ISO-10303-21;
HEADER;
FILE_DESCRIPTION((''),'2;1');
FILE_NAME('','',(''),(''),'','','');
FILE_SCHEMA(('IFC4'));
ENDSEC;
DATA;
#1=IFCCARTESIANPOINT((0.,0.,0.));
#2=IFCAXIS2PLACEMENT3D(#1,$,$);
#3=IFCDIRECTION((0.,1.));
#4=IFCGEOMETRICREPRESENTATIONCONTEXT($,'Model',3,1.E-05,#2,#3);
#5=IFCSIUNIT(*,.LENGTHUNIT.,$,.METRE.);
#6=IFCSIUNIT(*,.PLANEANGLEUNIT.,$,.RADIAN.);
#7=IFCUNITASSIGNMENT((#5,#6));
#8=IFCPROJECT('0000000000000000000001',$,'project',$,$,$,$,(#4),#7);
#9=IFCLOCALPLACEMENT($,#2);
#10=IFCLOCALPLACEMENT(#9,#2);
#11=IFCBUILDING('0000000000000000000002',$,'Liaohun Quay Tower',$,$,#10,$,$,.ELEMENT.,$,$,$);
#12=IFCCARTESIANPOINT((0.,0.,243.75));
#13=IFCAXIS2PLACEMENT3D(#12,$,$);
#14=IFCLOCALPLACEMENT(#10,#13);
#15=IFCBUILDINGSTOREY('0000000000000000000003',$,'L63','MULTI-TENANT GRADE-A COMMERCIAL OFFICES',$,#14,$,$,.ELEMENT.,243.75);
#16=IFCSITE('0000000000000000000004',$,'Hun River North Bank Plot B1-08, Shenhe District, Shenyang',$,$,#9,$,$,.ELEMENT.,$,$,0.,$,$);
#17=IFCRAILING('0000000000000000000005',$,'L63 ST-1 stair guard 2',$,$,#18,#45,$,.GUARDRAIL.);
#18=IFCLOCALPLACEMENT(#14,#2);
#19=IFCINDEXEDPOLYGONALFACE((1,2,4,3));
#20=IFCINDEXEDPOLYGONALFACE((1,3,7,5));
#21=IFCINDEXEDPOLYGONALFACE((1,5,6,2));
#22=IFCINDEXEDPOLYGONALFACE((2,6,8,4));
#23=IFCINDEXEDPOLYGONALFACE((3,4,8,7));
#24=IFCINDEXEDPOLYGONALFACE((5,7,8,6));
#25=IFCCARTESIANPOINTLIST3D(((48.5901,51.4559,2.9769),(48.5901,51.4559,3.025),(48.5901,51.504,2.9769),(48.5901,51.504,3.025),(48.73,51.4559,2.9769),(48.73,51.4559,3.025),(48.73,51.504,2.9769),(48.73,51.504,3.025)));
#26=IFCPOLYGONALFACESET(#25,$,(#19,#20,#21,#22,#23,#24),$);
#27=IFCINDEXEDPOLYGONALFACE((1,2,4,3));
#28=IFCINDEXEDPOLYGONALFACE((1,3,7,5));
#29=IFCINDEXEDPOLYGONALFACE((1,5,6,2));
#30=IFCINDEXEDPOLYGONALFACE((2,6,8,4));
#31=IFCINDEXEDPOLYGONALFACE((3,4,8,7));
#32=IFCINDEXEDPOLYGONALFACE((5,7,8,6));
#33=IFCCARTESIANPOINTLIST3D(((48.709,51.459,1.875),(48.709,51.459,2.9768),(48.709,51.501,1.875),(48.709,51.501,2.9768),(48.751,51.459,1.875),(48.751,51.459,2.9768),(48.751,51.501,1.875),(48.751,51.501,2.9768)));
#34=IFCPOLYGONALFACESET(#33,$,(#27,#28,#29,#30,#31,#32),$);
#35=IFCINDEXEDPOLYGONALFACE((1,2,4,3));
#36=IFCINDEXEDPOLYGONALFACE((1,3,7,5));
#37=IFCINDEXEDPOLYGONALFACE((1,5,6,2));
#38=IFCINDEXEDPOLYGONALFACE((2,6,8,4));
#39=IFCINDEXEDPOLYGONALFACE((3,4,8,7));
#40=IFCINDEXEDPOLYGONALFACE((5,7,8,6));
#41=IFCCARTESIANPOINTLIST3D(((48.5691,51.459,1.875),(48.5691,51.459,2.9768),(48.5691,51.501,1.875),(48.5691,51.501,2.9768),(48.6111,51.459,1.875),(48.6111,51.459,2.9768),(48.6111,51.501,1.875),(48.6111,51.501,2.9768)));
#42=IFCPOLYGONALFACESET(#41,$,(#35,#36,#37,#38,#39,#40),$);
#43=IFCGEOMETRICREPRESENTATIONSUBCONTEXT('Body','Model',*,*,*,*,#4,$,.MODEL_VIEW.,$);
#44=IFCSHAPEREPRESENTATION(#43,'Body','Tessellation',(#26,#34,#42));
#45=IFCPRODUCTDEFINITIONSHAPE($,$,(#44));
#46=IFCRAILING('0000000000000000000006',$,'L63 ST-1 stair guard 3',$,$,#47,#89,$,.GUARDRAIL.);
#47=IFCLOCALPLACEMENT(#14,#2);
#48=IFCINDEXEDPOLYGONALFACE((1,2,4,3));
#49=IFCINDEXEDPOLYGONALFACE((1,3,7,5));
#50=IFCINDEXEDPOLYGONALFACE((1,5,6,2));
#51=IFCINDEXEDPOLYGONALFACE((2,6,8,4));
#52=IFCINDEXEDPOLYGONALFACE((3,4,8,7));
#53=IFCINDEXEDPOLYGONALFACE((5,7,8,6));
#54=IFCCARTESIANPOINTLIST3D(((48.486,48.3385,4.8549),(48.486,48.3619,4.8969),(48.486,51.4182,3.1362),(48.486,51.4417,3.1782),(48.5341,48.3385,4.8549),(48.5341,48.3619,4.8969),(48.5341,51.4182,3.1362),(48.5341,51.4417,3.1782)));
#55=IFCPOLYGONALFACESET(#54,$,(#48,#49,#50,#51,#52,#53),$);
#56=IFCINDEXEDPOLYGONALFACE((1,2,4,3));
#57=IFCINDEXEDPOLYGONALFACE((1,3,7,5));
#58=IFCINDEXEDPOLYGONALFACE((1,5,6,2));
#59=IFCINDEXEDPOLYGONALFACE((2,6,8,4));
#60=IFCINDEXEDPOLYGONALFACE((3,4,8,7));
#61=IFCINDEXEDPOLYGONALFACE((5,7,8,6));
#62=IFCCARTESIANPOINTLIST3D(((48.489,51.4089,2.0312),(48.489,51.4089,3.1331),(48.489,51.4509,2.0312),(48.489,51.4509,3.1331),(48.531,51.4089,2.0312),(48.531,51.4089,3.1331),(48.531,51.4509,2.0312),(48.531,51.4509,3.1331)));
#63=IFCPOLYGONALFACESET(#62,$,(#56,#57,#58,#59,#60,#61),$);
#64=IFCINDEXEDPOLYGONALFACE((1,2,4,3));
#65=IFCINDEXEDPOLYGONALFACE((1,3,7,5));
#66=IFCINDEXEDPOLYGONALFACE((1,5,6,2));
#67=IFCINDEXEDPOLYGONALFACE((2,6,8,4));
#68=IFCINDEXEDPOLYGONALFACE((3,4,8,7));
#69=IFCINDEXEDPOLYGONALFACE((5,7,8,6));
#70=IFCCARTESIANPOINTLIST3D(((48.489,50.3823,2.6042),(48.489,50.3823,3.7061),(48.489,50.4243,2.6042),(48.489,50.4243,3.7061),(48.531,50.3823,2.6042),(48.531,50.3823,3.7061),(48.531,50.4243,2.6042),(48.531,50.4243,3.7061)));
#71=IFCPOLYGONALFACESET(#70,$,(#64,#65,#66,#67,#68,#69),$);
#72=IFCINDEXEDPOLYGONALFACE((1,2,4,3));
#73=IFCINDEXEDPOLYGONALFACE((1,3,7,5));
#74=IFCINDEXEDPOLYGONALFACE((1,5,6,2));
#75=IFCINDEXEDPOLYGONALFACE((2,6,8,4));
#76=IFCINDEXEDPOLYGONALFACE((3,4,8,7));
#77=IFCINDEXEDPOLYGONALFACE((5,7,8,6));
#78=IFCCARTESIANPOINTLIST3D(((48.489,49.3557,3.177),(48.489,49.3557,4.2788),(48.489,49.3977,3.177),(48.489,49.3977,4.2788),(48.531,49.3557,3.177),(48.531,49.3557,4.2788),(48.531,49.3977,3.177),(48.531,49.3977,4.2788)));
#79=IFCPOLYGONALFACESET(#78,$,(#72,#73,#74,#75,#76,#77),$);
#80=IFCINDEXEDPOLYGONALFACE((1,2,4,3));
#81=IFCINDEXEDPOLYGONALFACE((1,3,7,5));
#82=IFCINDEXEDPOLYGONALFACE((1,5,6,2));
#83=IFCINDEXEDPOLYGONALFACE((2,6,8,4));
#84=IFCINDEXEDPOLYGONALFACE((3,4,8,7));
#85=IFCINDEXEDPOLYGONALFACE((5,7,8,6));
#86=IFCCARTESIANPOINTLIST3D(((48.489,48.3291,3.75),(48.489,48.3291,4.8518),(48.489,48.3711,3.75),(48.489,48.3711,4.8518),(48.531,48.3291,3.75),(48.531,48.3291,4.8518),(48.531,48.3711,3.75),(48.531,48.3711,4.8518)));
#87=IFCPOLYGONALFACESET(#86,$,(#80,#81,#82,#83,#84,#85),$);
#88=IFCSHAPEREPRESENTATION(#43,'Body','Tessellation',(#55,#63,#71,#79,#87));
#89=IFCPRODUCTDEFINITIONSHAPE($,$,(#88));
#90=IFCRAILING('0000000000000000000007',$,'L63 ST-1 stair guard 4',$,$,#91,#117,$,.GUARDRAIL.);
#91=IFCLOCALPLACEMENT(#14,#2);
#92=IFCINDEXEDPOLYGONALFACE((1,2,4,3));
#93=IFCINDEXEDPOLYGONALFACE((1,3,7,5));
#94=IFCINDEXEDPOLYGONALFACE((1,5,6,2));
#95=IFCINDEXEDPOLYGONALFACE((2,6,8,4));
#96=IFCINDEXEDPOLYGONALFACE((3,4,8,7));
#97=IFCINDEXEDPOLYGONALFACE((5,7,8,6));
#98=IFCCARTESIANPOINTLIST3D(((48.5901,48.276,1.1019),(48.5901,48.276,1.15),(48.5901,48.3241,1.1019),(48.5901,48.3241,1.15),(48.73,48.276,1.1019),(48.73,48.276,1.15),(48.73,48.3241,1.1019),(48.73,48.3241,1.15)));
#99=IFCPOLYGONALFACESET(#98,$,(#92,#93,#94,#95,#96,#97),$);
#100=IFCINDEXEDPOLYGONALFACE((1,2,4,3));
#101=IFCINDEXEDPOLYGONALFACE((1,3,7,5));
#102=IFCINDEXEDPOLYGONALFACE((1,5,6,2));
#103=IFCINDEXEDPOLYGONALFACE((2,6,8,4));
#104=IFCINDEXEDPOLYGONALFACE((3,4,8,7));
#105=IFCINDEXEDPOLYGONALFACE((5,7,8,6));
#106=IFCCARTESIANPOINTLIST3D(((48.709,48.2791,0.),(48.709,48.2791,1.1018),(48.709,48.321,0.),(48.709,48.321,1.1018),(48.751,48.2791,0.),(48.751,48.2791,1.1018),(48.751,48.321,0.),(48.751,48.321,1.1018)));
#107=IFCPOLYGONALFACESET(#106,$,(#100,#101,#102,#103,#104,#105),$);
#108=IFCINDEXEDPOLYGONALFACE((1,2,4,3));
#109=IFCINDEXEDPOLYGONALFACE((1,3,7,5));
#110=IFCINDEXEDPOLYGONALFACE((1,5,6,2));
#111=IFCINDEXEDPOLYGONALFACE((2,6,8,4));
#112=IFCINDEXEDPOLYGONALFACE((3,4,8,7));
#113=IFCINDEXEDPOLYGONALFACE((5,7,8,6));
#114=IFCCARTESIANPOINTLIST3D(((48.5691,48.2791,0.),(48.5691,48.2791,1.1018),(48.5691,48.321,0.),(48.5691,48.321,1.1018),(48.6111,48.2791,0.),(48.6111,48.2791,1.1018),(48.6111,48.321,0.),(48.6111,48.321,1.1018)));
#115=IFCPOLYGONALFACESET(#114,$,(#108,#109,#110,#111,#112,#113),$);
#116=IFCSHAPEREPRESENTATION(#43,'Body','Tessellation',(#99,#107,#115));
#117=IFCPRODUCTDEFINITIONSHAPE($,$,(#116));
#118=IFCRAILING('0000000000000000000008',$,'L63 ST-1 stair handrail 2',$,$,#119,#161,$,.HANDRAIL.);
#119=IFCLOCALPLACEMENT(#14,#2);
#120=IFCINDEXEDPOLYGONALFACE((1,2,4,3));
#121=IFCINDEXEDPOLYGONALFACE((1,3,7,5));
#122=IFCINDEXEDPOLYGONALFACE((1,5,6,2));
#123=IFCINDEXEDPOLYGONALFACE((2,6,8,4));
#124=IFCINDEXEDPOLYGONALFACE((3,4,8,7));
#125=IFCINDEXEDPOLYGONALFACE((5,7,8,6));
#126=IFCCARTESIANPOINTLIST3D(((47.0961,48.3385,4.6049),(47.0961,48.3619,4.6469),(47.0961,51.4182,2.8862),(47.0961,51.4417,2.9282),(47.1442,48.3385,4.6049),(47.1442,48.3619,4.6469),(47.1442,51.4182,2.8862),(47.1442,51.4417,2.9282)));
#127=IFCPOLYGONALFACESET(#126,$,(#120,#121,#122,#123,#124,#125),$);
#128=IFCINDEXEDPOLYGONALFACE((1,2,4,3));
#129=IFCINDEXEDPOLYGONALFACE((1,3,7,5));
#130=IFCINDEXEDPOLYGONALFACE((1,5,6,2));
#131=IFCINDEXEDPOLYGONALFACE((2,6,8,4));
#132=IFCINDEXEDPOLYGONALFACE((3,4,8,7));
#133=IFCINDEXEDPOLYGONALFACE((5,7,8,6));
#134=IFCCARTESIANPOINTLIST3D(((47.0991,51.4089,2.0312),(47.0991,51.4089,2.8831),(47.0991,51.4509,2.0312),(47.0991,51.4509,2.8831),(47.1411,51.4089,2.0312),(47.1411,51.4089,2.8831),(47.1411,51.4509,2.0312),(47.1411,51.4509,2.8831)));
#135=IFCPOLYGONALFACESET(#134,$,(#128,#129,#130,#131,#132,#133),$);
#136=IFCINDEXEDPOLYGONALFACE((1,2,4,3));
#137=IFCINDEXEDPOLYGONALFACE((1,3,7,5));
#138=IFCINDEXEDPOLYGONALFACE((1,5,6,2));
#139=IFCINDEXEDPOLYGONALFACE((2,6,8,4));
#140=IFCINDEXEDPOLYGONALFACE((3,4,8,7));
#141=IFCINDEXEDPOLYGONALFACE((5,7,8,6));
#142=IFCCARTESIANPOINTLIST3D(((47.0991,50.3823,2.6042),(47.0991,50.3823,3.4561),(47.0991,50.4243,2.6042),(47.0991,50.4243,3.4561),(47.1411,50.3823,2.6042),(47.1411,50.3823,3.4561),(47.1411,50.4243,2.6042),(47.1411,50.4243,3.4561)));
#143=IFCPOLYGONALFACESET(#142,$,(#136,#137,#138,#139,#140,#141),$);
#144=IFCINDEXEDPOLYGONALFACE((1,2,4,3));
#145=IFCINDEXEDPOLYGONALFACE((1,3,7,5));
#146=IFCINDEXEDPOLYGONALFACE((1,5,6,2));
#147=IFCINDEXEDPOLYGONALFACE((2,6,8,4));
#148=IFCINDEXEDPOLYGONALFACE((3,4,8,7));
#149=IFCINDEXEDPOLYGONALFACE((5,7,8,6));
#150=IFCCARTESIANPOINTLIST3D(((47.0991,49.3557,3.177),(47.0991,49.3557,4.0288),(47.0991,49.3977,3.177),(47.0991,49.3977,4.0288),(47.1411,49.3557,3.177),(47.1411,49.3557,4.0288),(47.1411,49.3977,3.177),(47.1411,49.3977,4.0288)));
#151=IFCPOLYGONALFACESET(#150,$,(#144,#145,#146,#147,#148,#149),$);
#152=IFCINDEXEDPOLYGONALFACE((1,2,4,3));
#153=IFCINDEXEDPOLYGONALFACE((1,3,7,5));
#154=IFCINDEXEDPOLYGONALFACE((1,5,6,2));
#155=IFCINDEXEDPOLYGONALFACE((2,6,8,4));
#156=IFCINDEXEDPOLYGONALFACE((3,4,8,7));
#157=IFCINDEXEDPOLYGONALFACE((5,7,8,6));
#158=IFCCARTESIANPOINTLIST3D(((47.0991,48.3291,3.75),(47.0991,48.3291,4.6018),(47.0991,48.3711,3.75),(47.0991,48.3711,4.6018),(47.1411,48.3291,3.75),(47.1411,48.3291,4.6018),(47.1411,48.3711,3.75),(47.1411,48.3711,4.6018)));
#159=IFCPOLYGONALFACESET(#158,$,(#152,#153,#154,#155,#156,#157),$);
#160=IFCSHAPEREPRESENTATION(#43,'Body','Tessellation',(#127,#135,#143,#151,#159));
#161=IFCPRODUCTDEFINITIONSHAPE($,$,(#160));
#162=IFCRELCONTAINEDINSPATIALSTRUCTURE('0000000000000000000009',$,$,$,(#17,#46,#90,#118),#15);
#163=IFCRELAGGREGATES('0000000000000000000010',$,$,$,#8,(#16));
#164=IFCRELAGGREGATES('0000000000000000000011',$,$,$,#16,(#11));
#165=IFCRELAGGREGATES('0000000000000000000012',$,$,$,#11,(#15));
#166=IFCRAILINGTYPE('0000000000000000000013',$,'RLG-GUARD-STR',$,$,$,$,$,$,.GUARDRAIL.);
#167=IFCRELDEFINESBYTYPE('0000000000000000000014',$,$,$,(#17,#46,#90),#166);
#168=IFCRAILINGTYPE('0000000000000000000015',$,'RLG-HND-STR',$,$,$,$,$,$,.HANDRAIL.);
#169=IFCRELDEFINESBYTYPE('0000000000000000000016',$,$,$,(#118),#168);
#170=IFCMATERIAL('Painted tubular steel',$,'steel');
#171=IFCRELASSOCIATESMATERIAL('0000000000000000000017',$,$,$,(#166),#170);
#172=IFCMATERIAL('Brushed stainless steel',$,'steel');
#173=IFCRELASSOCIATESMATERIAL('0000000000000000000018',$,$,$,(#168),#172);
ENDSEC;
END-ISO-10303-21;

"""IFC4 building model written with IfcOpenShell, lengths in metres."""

from ifc_helpers import new_model, si_unit, direction, frame, origin, origin_2d, place, context, subcontext, project, spatial, rectangle, extrude, material, type_object, element, save


model = new_model("IFC4")

# Units and contexts
model_context = context("Model", 3, precision=1e-05, world=origin(), true_north=direction((0.0, 1.0)))
body_context = subcontext(model_context, "Body", "Model", "MODEL_VIEW")
ifc_project = project(units=[si_unit("LENGTHUNIT", "METRE"), si_unit("PLANEANGLEUNIT", "RADIAN")], contexts=[model_context])

# Site, building, storey
site_placement = place(None, origin())
site = spatial("IfcSite", under=ifc_project, at=site_placement, Name="Hun River North Bank Plot B1-08, Shenhe District, Shenyang", CompositionType="ELEMENT", RefElevation=0.0)
building_placement = place(site_placement, origin())
building = spatial("IfcBuilding", under=site, at=building_placement, Name="Liaohun Quay Tower", CompositionType="ELEMENT")
storey_placement = place(building_placement, frame((0.0, 0.0, 243.75)))
storey = spatial("IfcBuildingStorey", under=building, at=storey_placement, Name="L63", Description="MULTI-TENANT GRADE-A COMMERCIAL OFFICES", CompositionType="ELEMENT", Elevation=243.75)

# Railings
ifc_material_1 = material(Name="Painted tubular steel", Category="steel")
railing_type_1 = type_object("IfcRailingType", Name="RLG-GUARD-STR", PredefinedType="GUARDRAIL", material=ifc_material_1)
railing_1_placement = place(storey_placement, frame((48.73, 51.48, 1.875)))
element("IfcRailing", 1, at=railing_1_placement, inside=storey, type_object=railing_type_1, Name="L63 ST-1 stair guard 2", PredefinedType="GUARDRAIL", context=body_context, shape_type="SweptSolid", body=[
    extrude(rectangle(XDim=0.0481, YDim=0.0481, at=origin_2d()), frame((0.0, 0.0, 1.126), z_axis=(-1.0, 0.0, 0.0), x_axis=(0.0, -1.0, 0.0)), (0.0, 0.0, 1.0), 0.1399),
    extrude(rectangle(XDim=0.042, YDim=0.042, at=origin_2d()), origin(), (0.0, 0.0, 1.0), 1.1018),
    extrude(rectangle(XDim=0.042, YDim=0.042, at=origin_2d()), frame((-0.1399, 0.0, 0.0)), (0.0, 0.0, 1.0), 1.1018),
])
railing_2_placement = place(storey_placement, frame((48.51, 51.4299, 2.0312)))
element("IfcRailing", 2, at=railing_2_placement, inside=storey, type_object=railing_type_1, Name="L63 ST-1 stair guard 3", PredefinedType="GUARDRAIL", context=body_context, shape_type="SweptSolid", body=[
    extrude(rectangle(XDim=0.0481, YDim=0.0481, at=origin_2d()), frame((0.0, 0.0, 1.126), z_axis=(0.0, -0.873225, 0.487317), x_axis=(1.0, 0.0, 0.0)), (0.0, 0.0, 1.0), 3.5269),
    extrude(rectangle(XDim=0.042, YDim=0.042, at=origin_2d()), origin(), (0.0, 0.0, 1.0), 1.1018),
    extrude(rectangle(XDim=0.042, YDim=0.042, at=origin_2d()), frame((0.0, -1.0266, 0.573)), (0.0, 0.0, 1.0), 1.1018),
    extrude(rectangle(XDim=0.042, YDim=0.042, at=origin_2d()), frame((0.0, -2.0532, 1.1458)), (0.0, 0.0, 1.0), 1.1018),
    extrude(rectangle(XDim=0.042, YDim=0.042, at=origin_2d()), frame((0.0, -3.0798, 1.7188)), (0.0, 0.0, 1.0), 1.1018),
])
railing_3_placement = place(storey_placement, frame((48.73, 48.3, 0.0)))
element("IfcRailing", 3, at=railing_3_placement, inside=storey, type_object=railing_type_1, Name="L63 ST-1 stair guard 4", PredefinedType="GUARDRAIL", context=body_context, shape_type="SweptSolid", body=[
    extrude(rectangle(XDim=0.0481, YDim=0.0481, at=origin_2d()), frame((0.0, 0.0, 1.126), z_axis=(-1.0, 0.0, 0.0), x_axis=(0.0, -1.0, 0.0)), (0.0, 0.0, 1.0), 0.1399),
    extrude(rectangle(XDim=0.042, YDim=0.042, at=origin_2d()), origin(), (0.0, 0.0, 1.0), 1.1018),
    extrude(rectangle(XDim=0.042, YDim=0.042, at=origin_2d()), frame((-0.1399, 0.0, 0.0)), (0.0, 0.0, 1.0), 1.1018),
])
ifc_material_2 = material(Name="Brushed stainless steel", Category="steel")
railing_type_2 = type_object("IfcRailingType", Name="RLG-HND-STR", PredefinedType="HANDRAIL", material=ifc_material_2)
railing_4_placement = place(storey_placement, frame((47.1201, 51.4299, 2.0312)))
element("IfcRailing", 4, at=railing_4_placement, inside=storey, type_object=railing_type_2, Name="L63 ST-1 stair handrail 2", PredefinedType="HANDRAIL", context=body_context, shape_type="SweptSolid", body=[
    extrude(rectangle(XDim=0.0481, YDim=0.0481, at=origin_2d()), frame((0.0, 0.0, 0.876), z_axis=(0.0, -0.873225, 0.487317), x_axis=(1.0, 0.0, 0.0)), (0.0, 0.0, 1.0), 3.5269),
    extrude(rectangle(XDim=0.042, YDim=0.042, at=origin_2d()), origin(), (0.0, 0.0, 1.0), 0.8518),
    extrude(rectangle(XDim=0.042, YDim=0.042, at=origin_2d()), frame((0.0, -1.0266, 0.573)), (0.0, 0.0, 1.0), 0.8518),
    extrude(rectangle(XDim=0.042, YDim=0.042, at=origin_2d()), frame((0.0, -2.0532, 1.1458)), (0.0, 0.0, 1.0), 0.8518),
    extrude(rectangle(XDim=0.042, YDim=0.042, at=origin_2d()), frame((0.0, -3.0798, 1.7188)), (0.0, 0.0, 1.0), 0.8518),
])

save(model, "model.ifc")
